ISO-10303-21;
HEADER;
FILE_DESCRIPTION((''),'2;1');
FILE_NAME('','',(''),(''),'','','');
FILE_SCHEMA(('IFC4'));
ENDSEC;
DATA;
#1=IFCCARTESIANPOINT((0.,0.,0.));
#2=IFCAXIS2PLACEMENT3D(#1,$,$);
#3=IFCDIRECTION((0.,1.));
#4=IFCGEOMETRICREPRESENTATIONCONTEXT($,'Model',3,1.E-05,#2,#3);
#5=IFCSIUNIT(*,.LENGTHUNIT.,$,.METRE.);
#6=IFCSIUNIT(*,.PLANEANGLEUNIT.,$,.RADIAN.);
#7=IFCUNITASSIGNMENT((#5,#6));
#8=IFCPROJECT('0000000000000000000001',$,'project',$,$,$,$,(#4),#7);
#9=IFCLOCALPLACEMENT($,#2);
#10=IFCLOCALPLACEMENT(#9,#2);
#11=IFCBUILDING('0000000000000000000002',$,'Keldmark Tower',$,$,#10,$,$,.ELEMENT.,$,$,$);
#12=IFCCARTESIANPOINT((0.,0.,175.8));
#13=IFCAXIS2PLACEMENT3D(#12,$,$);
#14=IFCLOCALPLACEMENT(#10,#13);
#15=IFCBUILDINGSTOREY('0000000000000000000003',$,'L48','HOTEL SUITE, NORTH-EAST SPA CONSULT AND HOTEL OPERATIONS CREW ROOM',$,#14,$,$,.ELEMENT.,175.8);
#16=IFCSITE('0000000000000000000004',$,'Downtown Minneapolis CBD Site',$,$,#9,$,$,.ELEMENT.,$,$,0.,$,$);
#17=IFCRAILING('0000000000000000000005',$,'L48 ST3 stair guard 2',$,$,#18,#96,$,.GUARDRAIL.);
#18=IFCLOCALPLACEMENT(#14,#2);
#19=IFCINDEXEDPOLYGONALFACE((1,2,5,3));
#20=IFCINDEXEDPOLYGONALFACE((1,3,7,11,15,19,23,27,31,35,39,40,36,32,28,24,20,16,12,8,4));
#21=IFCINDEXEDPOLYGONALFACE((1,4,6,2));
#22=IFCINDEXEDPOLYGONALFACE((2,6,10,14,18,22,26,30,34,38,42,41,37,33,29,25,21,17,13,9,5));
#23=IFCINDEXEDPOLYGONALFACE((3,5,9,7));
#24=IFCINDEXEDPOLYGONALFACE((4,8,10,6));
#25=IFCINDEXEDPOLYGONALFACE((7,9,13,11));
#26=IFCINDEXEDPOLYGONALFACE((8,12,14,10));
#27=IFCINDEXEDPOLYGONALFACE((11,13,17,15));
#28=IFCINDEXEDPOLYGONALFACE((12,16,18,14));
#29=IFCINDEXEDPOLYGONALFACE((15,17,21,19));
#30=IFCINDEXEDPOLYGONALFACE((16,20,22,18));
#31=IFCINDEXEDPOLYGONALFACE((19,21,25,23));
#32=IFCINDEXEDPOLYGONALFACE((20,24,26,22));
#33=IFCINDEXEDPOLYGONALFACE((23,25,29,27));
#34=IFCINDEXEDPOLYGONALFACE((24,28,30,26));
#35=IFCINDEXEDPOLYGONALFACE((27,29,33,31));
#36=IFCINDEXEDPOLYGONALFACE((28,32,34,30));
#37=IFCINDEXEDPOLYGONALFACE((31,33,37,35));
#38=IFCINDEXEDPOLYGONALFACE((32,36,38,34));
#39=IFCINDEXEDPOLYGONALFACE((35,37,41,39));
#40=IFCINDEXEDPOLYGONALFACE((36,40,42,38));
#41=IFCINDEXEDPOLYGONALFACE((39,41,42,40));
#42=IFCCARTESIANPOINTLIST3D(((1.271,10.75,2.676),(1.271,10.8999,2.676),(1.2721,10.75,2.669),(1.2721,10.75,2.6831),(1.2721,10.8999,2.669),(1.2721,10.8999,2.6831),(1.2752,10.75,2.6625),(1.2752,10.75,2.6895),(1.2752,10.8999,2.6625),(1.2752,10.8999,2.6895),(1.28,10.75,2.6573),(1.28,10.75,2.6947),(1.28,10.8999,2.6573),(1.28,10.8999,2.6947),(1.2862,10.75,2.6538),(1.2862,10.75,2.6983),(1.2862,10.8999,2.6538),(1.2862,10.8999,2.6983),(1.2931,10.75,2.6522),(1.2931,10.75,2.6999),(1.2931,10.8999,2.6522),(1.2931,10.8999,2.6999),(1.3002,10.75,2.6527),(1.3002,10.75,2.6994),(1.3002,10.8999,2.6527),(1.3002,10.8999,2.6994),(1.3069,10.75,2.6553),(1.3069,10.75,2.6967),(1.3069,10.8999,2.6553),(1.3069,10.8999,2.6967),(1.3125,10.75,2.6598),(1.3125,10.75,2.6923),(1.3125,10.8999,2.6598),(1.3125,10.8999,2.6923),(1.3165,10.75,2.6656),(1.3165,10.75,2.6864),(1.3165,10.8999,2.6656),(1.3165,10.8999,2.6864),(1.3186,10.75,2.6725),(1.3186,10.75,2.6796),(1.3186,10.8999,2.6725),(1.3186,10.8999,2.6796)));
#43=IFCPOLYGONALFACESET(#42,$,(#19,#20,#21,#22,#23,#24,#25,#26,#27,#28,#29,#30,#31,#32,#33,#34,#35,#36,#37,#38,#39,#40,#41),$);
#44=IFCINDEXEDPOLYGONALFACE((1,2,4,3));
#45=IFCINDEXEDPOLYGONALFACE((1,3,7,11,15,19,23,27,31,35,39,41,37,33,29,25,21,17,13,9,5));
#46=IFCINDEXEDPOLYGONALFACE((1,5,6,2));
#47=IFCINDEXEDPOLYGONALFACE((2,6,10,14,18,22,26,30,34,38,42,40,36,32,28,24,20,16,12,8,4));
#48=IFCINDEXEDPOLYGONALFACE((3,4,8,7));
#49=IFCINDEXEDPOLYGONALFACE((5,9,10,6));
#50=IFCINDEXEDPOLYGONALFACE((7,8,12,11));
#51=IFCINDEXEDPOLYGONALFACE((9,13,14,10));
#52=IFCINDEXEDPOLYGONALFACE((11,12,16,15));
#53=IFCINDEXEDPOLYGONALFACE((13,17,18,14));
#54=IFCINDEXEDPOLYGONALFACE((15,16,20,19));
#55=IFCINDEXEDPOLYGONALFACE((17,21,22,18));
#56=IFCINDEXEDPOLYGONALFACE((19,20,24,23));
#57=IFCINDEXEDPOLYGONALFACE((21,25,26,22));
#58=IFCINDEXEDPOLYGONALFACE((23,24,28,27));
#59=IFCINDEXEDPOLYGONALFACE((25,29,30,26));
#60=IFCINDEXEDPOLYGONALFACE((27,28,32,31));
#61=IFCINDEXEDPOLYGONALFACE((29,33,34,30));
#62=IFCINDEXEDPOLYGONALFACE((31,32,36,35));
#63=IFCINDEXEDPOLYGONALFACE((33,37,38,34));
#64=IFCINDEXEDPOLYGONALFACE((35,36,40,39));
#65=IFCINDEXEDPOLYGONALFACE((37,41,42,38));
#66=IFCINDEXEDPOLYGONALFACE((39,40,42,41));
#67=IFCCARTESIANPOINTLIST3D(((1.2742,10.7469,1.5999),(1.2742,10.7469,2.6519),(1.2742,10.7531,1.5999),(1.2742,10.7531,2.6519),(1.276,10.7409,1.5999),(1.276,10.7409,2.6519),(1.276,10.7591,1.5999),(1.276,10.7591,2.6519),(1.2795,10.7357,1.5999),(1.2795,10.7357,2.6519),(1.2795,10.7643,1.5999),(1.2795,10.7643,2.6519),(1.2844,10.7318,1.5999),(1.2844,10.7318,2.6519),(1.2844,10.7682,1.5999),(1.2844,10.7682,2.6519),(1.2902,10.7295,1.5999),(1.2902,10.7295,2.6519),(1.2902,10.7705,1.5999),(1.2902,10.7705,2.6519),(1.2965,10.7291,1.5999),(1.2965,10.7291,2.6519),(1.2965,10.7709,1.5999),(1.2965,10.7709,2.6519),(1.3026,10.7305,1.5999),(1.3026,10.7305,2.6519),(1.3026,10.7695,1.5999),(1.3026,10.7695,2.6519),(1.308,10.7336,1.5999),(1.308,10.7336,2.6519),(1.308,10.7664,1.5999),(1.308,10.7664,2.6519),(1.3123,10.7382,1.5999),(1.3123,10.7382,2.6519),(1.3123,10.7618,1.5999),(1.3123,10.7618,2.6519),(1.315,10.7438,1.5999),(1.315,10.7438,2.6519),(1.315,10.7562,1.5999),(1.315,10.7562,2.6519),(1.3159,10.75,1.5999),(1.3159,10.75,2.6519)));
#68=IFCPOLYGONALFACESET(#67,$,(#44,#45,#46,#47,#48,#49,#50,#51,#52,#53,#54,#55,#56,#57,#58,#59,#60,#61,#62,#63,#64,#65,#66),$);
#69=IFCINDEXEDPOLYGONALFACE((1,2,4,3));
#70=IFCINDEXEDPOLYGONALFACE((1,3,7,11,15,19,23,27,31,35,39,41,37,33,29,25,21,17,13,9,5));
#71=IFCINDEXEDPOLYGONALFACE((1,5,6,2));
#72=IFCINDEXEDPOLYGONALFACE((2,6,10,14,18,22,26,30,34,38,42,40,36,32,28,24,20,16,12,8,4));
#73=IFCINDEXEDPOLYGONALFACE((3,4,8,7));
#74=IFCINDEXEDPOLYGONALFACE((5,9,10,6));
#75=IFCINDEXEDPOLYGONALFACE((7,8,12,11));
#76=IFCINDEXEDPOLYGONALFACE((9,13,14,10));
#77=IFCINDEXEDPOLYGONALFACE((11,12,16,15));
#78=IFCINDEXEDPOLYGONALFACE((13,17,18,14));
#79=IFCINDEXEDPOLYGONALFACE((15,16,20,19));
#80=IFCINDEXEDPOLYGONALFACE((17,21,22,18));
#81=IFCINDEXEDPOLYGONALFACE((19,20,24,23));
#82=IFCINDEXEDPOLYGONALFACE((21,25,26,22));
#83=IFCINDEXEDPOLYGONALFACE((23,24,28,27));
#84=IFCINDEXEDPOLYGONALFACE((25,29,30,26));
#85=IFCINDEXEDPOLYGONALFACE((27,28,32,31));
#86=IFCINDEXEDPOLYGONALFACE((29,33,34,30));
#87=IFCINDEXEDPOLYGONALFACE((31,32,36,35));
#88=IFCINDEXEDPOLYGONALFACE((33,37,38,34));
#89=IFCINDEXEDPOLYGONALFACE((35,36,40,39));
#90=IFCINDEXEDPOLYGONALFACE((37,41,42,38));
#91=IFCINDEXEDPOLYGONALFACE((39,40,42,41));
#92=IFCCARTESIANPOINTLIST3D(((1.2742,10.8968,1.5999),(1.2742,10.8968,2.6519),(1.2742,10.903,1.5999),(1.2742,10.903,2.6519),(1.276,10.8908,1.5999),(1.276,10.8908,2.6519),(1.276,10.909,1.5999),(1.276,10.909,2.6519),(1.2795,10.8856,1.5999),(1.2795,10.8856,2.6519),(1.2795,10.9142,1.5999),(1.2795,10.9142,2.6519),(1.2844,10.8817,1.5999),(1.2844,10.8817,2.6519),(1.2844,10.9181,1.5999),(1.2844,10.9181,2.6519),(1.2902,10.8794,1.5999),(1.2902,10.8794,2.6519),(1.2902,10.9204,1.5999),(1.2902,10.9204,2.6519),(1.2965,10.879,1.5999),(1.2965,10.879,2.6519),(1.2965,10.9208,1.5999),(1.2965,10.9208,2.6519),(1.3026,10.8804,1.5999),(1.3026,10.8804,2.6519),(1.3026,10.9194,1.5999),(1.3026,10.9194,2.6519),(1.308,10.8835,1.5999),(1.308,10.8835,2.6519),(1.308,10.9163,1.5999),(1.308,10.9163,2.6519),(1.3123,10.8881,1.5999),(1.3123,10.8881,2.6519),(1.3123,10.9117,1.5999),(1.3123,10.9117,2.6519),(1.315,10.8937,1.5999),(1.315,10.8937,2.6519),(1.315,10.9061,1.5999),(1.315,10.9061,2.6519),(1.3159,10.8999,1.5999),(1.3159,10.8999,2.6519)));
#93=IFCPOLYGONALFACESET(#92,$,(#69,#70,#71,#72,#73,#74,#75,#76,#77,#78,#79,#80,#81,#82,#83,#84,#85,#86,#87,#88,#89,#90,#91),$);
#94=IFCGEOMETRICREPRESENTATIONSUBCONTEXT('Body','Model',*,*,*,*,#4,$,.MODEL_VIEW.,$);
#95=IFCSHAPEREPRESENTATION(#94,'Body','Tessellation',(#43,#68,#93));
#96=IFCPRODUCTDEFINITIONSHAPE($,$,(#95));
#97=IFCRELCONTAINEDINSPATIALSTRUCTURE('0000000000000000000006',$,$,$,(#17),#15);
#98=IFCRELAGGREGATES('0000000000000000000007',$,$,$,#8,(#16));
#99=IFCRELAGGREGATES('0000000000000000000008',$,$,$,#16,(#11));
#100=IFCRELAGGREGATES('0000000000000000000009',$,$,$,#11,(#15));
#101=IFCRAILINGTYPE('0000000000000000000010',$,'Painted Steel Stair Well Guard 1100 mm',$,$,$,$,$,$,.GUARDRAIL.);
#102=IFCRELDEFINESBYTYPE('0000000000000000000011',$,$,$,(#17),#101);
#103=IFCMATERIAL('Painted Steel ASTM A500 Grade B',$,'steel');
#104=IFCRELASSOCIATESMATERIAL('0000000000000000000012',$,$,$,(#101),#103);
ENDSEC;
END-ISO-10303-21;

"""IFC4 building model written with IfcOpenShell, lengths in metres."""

from ifc_helpers import new_model, si_unit, direction, frame, origin, origin_2d, place, context, subcontext, project, spatial, circle, extrude, material, type_object, element, save


model = new_model("IFC4")

# Units and contexts
model_context = context("Model", 3, precision=1e-05, world=origin(), true_north=direction((0.0, 1.0)))
body_context = subcontext(model_context, "Body", "Model", "MODEL_VIEW")
ifc_project = project(units=[si_unit("LENGTHUNIT", "METRE"), si_unit("PLANEANGLEUNIT", "RADIAN")], contexts=[model_context])

# Site, building, storey
site_placement = place(None, origin())
site = spatial("IfcSite", under=ifc_project, at=site_placement, Name="Downtown Minneapolis CBD Site", CompositionType="ELEMENT", RefElevation=0.0)
building_placement = place(site_placement, origin())
building = spatial("IfcBuilding", under=site, at=building_placement, Name="Keldmark Tower", CompositionType="ELEMENT")
storey_placement = place(building_placement, frame((0.0, 0.0, 175.8)))
storey = spatial("IfcBuildingStorey", under=building, at=storey_placement, Name="L48", Description="HOTEL SUITE, NORTH-EAST SPA CONSULT AND HOTEL OPERATIONS CREW ROOM", CompositionType="ELEMENT", Elevation=175.8)

# Railing
ifc_material_1 = material(Name="Painted Steel ASTM A500 Grade B", Category="steel")
railing_type_1 = type_object("IfcRailingType", Name="Painted Steel Stair Well Guard 1100 mm", PredefinedType="GUARDRAIL", material=ifc_material_1)
railing_1_placement = place(storey_placement, frame((1.2949, 10.75, 1.5999)))
element("IfcRailing", 1, at=railing_1_placement, inside=storey, type_object=railing_type_1, Name="L48 ST3 stair guard 2", PredefinedType="GUARDRAIL", context=body_context, shape_type="SweptSolid", body=[
    extrude(circle(Radius=0.0239, at=origin_2d()), frame((0.0, 0.0, 1.0762), z_axis=(0.0, 1.0, 0.0), x_axis=(-1.0, 0.0, 0.0)), (0.0, 0.0, 1.0), 0.1499),
    extrude(circle(Radius=0.021, at=origin_2d()), origin(), (0.0, 0.0, 1.0), 1.052),
    extrude(circle(Radius=0.021, at=origin_2d()), frame((0.0, 0.1499, 0.0)), (0.0, 0.0, 1.0), 1.052),
])

save(model, "model.ifc")
